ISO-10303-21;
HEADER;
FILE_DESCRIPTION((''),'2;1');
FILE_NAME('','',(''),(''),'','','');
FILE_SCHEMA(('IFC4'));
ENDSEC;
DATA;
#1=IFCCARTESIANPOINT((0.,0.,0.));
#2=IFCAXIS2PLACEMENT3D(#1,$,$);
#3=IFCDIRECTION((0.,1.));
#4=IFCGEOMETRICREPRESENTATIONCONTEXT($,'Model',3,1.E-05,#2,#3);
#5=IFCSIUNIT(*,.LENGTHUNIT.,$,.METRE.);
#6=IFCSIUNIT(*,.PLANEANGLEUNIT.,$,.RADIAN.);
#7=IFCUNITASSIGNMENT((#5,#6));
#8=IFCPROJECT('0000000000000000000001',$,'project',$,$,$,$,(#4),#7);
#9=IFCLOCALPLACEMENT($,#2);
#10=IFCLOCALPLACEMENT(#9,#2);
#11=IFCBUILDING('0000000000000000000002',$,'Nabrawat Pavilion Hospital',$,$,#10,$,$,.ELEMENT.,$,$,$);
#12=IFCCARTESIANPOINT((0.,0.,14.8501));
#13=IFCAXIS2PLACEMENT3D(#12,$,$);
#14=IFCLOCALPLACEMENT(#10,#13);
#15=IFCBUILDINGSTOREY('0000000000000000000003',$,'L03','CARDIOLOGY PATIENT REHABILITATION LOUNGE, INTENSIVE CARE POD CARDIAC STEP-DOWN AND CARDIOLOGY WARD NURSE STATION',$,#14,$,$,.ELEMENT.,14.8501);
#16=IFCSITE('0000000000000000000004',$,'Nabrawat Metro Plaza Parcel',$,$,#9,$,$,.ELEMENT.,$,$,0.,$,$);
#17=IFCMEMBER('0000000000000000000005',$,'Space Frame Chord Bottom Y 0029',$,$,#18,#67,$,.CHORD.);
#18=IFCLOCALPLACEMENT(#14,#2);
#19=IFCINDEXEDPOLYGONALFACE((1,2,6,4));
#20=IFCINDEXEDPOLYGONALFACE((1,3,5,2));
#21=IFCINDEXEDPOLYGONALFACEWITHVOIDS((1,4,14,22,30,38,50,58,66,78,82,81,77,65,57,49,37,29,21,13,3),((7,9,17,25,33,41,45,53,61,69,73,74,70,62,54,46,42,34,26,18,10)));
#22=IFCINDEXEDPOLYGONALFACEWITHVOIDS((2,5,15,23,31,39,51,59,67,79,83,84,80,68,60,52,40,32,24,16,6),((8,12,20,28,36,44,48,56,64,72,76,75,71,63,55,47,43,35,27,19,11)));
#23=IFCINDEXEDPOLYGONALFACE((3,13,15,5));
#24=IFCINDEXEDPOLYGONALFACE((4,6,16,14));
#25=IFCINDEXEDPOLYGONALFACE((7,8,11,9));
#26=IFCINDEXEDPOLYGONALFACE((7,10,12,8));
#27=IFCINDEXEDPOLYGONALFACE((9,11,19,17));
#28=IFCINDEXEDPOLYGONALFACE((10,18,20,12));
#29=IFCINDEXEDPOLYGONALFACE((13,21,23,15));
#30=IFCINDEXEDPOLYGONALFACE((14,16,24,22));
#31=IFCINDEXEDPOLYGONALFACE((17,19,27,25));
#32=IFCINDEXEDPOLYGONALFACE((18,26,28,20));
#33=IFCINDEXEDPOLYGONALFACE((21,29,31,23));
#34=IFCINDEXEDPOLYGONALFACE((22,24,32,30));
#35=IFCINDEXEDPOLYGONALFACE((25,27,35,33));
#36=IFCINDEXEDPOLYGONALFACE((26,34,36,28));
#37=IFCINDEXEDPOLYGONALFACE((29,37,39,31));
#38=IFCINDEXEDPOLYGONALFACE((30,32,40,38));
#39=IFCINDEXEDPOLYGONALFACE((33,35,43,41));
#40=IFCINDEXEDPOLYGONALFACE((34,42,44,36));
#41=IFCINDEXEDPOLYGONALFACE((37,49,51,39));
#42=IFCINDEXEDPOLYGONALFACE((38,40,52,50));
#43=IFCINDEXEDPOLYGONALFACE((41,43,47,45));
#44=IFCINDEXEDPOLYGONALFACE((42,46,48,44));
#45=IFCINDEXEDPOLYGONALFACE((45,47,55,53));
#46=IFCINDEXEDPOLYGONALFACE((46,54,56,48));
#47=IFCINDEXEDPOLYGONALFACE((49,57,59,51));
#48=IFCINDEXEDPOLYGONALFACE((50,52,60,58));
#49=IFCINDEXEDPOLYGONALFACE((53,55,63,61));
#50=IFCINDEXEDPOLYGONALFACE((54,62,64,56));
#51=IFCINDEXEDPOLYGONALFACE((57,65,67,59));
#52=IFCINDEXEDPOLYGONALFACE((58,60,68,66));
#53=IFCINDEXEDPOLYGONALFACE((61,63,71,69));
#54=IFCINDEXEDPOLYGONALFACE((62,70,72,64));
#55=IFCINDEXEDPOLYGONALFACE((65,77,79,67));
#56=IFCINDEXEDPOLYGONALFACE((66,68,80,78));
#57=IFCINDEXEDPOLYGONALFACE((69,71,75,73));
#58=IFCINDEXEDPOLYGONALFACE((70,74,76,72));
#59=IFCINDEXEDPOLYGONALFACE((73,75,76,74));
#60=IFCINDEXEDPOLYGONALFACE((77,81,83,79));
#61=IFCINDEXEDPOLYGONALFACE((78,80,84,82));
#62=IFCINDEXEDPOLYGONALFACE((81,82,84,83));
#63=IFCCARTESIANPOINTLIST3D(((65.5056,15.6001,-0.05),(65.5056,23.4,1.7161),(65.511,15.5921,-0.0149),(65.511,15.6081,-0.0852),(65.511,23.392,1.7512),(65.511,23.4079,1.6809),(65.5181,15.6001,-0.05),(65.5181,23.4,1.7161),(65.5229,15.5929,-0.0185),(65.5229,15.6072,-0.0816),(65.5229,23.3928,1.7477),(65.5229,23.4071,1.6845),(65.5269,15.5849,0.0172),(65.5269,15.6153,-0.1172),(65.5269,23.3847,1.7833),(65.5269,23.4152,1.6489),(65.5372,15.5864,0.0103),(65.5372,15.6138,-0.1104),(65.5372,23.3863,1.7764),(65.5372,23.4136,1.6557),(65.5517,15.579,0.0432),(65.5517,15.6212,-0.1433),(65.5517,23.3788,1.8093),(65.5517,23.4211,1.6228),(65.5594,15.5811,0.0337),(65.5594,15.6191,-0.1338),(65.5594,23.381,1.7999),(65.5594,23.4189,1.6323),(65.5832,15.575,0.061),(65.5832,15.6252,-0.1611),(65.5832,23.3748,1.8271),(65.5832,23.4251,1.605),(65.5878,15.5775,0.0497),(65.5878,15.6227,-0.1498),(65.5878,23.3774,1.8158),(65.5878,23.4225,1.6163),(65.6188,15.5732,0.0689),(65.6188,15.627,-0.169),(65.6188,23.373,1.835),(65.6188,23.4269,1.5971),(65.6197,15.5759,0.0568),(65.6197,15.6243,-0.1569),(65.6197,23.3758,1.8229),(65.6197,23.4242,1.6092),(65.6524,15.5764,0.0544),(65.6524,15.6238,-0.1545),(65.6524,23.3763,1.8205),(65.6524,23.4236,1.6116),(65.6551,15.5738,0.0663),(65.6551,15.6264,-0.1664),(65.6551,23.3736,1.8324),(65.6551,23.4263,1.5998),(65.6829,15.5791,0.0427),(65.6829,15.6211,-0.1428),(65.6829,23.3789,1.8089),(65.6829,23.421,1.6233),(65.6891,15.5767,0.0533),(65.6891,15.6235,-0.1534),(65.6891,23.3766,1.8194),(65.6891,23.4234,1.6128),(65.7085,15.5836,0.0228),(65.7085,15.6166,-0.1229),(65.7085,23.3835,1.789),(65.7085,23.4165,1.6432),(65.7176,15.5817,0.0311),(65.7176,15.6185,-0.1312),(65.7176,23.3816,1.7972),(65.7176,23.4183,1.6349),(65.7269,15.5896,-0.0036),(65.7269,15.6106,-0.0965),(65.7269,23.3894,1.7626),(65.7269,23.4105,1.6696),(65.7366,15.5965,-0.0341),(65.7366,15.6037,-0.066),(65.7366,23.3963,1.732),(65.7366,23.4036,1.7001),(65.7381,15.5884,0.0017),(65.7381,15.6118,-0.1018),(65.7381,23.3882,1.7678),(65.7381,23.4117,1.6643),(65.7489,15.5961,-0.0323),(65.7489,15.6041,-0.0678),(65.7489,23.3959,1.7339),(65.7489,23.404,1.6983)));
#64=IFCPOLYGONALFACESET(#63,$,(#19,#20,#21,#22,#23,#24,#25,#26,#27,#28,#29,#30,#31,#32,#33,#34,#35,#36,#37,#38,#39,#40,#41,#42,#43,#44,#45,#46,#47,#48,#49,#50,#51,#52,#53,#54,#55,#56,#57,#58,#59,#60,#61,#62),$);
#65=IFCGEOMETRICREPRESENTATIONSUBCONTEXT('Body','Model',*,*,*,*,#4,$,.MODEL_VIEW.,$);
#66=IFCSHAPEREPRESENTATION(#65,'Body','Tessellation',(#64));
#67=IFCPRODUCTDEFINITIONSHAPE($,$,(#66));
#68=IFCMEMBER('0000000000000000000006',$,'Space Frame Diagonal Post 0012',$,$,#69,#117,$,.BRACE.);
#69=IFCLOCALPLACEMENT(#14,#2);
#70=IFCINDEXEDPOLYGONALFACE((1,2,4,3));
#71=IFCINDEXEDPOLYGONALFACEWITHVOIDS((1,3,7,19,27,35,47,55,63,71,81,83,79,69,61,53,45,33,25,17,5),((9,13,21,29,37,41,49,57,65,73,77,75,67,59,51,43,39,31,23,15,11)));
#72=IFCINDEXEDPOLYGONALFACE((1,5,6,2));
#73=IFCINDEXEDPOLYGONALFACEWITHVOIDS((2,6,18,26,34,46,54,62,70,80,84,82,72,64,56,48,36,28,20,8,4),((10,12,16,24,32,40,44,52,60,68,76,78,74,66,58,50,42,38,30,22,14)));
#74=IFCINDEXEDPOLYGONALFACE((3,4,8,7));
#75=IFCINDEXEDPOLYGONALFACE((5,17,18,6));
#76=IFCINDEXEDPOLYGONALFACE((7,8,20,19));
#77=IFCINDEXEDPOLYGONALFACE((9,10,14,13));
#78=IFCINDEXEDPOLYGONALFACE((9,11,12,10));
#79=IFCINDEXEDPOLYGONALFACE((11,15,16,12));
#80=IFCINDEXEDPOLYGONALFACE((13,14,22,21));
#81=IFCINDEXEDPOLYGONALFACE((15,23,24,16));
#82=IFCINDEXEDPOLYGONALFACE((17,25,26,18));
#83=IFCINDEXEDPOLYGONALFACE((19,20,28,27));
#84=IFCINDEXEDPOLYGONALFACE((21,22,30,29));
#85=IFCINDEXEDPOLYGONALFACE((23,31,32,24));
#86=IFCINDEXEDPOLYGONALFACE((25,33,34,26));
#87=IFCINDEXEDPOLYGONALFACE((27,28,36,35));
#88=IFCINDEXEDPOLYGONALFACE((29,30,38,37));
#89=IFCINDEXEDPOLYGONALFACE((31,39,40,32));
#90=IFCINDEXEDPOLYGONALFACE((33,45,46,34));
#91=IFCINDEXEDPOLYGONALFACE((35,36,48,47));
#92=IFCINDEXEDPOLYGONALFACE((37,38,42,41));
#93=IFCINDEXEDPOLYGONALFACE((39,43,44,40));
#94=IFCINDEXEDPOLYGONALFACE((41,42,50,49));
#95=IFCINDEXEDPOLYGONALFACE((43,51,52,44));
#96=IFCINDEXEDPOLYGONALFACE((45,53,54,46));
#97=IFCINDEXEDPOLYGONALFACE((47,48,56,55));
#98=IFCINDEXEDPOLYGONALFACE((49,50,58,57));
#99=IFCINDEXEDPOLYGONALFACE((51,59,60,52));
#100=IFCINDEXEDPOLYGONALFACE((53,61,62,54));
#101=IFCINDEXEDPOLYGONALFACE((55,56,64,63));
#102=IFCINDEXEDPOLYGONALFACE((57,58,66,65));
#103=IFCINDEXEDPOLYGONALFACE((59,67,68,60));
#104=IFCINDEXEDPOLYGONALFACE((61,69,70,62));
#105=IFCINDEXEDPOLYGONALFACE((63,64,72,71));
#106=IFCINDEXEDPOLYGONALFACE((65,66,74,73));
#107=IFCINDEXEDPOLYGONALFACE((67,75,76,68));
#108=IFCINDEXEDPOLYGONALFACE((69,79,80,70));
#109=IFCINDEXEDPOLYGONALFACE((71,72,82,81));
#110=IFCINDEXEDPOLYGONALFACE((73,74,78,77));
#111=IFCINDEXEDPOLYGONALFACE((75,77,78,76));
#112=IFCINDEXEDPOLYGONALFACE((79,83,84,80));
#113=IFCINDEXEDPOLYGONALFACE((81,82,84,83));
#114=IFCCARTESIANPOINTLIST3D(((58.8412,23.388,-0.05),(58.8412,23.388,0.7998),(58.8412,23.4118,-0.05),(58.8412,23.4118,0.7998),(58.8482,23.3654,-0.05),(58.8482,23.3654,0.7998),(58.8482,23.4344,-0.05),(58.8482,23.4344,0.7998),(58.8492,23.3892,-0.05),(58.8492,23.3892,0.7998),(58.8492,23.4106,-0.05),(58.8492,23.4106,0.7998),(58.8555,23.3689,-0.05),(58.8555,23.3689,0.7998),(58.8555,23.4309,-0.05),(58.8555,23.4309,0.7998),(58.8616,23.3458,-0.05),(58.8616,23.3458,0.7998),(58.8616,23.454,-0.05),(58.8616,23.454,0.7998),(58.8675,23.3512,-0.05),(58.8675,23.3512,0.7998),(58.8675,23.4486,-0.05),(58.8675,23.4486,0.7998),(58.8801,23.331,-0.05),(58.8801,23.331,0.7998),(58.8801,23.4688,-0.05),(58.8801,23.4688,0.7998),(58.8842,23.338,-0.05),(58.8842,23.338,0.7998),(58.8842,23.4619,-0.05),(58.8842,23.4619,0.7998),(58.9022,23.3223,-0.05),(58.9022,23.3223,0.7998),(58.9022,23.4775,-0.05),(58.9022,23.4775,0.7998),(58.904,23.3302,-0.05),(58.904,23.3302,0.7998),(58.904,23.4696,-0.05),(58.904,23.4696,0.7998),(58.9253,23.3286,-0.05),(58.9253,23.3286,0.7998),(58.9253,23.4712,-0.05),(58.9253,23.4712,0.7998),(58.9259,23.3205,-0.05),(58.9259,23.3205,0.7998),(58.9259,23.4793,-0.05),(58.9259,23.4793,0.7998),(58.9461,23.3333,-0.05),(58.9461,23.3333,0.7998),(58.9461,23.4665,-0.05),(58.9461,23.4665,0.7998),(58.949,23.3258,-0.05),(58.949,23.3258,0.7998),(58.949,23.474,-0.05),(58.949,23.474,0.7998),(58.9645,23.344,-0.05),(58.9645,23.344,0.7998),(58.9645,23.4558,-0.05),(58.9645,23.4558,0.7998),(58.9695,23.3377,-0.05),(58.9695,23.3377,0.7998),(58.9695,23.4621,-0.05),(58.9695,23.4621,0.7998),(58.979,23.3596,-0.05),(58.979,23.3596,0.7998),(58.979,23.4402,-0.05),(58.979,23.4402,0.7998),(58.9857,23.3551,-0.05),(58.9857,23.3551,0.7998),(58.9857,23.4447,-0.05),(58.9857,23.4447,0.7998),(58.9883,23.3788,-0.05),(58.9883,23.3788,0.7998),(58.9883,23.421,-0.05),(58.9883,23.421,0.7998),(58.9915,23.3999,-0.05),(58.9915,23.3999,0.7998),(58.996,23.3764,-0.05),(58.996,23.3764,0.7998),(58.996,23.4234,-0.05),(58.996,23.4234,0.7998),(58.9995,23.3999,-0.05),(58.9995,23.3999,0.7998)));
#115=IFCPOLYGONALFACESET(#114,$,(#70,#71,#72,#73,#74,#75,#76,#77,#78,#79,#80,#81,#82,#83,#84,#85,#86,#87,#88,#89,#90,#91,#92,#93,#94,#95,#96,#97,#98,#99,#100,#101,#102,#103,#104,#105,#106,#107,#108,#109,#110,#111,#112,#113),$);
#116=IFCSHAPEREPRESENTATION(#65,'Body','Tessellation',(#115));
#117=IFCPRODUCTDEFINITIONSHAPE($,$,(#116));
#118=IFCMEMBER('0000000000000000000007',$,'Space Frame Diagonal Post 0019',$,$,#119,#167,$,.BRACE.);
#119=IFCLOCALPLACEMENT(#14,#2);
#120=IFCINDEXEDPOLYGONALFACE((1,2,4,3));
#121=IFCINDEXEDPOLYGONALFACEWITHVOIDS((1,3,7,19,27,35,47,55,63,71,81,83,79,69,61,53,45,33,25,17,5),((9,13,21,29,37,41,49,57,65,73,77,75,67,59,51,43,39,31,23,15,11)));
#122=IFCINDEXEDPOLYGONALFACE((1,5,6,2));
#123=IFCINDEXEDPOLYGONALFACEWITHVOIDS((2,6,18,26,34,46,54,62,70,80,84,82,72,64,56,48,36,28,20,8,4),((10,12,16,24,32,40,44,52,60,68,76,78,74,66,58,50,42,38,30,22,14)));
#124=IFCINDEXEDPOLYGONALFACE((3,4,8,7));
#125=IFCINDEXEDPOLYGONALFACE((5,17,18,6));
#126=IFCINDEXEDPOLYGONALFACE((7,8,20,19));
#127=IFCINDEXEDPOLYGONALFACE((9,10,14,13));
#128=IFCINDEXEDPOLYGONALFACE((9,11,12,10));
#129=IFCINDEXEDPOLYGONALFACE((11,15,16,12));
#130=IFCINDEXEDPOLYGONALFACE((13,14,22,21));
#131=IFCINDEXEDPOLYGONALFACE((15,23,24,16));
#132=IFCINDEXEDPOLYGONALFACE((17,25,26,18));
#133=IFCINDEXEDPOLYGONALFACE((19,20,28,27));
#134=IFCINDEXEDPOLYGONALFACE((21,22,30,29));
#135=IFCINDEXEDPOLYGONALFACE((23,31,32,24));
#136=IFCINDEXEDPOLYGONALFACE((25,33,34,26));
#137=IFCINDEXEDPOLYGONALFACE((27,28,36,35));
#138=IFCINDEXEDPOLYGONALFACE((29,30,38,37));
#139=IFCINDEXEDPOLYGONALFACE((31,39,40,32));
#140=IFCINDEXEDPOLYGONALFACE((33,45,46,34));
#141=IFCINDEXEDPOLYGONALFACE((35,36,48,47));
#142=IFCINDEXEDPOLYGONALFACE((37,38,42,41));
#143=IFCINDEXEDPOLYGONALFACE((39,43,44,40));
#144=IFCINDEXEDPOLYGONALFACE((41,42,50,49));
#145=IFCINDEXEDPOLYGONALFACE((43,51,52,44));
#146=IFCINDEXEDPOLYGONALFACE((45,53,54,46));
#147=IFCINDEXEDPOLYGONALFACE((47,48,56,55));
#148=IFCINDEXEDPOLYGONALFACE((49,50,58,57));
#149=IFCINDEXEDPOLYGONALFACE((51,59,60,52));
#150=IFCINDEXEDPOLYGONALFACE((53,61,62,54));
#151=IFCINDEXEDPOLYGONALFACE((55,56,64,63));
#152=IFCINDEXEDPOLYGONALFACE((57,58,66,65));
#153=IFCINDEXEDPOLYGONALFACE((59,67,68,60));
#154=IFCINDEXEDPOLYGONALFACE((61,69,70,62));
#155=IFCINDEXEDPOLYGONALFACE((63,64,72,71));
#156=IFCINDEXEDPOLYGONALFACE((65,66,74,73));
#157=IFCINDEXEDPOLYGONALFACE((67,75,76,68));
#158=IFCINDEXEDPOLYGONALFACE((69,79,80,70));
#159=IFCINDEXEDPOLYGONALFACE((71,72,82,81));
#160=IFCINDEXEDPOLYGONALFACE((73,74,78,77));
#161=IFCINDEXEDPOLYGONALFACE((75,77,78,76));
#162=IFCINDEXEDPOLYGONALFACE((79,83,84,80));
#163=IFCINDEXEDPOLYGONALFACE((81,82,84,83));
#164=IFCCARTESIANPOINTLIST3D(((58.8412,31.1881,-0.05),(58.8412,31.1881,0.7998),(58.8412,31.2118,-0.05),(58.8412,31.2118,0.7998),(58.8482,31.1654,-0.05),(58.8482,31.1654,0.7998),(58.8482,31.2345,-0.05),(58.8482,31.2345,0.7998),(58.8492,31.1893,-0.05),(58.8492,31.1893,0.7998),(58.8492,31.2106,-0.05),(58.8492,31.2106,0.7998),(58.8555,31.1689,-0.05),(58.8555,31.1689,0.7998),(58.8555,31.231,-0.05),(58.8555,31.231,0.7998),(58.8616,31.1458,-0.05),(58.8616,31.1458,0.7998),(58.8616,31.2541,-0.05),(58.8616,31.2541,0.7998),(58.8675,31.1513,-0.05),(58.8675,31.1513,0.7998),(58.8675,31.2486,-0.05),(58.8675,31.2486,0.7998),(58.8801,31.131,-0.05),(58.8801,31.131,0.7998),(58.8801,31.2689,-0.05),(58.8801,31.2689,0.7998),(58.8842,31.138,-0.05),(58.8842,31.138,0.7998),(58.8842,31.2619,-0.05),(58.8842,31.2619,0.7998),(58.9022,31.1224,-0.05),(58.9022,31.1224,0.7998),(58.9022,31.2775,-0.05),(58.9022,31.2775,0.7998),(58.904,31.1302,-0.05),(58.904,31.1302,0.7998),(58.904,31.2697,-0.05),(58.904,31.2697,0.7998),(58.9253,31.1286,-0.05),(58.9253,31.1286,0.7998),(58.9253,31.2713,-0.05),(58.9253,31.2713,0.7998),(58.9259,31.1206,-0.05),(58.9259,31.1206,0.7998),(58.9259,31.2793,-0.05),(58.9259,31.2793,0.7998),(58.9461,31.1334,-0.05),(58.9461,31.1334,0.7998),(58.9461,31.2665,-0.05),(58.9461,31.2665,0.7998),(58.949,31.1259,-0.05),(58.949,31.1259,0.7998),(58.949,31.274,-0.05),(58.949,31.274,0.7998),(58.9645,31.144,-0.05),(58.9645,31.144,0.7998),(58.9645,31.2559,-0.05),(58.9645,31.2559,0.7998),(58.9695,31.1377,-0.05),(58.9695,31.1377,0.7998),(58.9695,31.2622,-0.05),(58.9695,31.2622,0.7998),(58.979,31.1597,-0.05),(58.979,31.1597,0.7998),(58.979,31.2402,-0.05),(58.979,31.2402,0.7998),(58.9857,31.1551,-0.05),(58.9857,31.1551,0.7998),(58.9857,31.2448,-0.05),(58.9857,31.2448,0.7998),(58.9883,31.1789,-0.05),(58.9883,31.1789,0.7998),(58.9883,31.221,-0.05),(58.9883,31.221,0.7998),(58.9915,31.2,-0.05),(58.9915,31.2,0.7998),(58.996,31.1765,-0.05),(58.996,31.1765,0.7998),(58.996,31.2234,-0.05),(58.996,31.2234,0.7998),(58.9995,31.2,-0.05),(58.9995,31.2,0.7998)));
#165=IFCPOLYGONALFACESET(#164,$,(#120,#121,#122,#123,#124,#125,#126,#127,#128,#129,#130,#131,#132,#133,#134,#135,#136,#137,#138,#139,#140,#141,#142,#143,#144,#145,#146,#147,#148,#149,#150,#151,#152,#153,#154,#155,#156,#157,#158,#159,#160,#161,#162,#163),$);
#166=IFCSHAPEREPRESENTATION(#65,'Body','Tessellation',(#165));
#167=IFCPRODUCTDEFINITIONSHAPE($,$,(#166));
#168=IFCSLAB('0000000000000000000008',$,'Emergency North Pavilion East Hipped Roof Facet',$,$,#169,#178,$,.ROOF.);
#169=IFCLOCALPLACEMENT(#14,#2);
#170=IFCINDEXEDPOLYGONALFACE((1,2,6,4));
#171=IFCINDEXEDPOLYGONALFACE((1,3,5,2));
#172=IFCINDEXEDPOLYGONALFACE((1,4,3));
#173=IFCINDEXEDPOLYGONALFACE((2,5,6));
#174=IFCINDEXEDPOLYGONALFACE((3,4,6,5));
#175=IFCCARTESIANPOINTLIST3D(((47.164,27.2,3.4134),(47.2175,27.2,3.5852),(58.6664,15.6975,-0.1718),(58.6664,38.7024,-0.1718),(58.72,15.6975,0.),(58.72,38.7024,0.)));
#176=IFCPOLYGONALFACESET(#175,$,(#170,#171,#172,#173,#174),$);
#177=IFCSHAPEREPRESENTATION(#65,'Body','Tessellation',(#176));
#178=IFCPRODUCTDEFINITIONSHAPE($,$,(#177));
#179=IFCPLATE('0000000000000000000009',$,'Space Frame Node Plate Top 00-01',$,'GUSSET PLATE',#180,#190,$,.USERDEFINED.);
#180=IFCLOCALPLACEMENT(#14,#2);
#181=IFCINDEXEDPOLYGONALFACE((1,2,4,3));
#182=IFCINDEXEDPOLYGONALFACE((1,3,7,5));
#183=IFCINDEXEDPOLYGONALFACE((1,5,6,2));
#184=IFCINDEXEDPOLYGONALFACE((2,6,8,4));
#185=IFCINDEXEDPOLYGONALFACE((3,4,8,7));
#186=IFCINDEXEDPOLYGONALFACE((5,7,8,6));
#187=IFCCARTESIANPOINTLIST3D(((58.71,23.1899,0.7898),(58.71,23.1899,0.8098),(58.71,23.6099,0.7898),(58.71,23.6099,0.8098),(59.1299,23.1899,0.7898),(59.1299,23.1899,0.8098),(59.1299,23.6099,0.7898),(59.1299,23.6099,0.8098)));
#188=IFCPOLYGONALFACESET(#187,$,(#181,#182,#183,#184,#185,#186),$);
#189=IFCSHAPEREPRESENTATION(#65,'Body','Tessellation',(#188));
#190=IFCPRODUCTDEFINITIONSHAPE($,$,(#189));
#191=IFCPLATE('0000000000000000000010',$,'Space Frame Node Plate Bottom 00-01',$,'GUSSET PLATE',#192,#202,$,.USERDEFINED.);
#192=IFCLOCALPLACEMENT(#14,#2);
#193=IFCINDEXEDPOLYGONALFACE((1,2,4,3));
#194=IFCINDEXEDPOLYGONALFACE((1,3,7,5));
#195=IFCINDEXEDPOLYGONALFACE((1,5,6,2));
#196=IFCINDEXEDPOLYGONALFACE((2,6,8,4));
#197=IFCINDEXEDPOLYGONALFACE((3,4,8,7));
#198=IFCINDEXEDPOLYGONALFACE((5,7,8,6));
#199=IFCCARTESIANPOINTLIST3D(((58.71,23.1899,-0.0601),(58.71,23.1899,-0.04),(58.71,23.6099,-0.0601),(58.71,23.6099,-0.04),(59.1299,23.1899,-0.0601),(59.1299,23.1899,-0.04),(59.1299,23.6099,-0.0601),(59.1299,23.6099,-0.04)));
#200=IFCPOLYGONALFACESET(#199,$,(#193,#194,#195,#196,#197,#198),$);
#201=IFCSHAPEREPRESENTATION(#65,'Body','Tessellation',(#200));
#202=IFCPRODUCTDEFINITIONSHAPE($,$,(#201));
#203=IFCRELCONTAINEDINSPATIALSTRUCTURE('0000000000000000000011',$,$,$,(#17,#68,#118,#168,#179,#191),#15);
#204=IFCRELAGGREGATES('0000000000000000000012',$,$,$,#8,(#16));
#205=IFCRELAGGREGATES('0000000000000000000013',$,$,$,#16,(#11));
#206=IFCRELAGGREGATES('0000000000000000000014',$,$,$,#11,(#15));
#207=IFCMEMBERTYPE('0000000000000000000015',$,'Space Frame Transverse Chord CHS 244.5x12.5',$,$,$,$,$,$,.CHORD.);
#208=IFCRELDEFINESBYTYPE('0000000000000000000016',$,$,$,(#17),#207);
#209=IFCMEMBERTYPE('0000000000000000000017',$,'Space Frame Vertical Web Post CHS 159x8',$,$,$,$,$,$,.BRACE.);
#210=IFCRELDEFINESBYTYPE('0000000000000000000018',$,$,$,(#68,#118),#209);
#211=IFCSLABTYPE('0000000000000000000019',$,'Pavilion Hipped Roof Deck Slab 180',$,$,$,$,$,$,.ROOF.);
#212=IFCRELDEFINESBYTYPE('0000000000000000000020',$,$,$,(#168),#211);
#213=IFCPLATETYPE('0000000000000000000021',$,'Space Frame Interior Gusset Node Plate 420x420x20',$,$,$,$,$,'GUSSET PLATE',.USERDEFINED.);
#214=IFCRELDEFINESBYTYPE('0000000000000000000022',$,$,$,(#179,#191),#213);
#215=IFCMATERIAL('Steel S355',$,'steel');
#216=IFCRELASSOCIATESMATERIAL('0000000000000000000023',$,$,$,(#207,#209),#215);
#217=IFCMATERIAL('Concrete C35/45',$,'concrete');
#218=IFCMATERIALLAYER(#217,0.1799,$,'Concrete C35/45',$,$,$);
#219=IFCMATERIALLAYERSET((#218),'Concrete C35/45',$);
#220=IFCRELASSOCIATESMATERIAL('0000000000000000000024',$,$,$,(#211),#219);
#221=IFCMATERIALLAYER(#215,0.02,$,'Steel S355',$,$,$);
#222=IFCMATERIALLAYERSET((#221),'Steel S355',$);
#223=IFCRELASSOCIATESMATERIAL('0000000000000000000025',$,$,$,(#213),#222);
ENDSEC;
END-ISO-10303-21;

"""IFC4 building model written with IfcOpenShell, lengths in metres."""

from ifc_helpers import new_model, si_unit, direction, frame, origin, origin_2d, place, context, subcontext, project, spatial, polyline, rectangle, hollow_circle, outline, extrude, material, layer, layer_set, material_profile, profile_set, type_object, element, save


model = new_model("IFC4")

# Units and contexts
model_context = context("Model", 3, precision=1e-05, world=origin(), true_north=direction((0.0, 1.0)))
body_context = subcontext(model_context, "Body", "Model", "MODEL_VIEW")
ifc_project = project(units=[si_unit("LENGTHUNIT", "METRE"), si_unit("PLANEANGLEUNIT", "RADIAN")], contexts=[model_context])

# Site, building, storey
site_placement = place(None, origin())
site = spatial("IfcSite", under=ifc_project, at=site_placement, Name="Nabrawat Metro Plaza Parcel", CompositionType="ELEMENT", RefElevation=0.0)
building_placement = place(site_placement, origin())
building = spatial("IfcBuilding", under=site, at=building_placement, Name="Nabrawat Pavilion Hospital", CompositionType="ELEMENT")
storey_placement = place(building_placement, frame((0.0, 0.0, 14.8501)))
storey = spatial("IfcBuildingStorey", under=building, at=storey_placement, Name="L03", Description="CARDIOLOGY PATIENT REHABILITATION LOUNGE, INTENSIVE CARE POD CARDIAC STEP-DOWN AND CARDIOLOGY WARD NURSE STATION", CompositionType="ELEMENT", Elevation=14.8501)

# Shared definitions
ifc_material_1 = material(Name="Steel S355", Category="steel")

# Members
ifc_material_profile_1 = material_profile(ifc_material_1, hollow_circle(Radius=0.1223, WallThickness=0.0125, at=origin_2d()), Name="CHS 244.5x12.5")
ifc_profile_set_1 = profile_set([ifc_material_profile_1], Name="Steel S355")
member_type_1 = type_object("IfcMemberType", Name="Space Frame Transverse Chord CHS 244.5x12.5", PredefinedType="CHORD", material=ifc_profile_set_1)
member_1_placement = place(storey_placement, frame((65.6279, 15.6001, -0.05), z_axis=(0.0, 0.97531, 0.22084), x_axis=(-1.0, 0.0, 0.0)))
element("IfcMember", 1, at=member_1_placement, inside=storey, type_object=member_type_1, Name="Space Frame Chord Bottom Y 0029", PredefinedType="CHORD", context=body_context, shape_type="SweptSolid", body=[
    extrude(hollow_circle(Radius=0.1223, WallThickness=0.0125, at=origin_2d()), origin(), (0.0, 0.0, 1.0), 7.9973),
])
ifc_material_profile_2 = material_profile(ifc_material_1, hollow_circle(Radius=0.0796, WallThickness=0.0081, at=origin_2d()), Name="CHS 159x8")
ifc_profile_set_2 = profile_set([ifc_material_profile_2], Name="Steel S355")
member_type_2 = type_object("IfcMemberType", Name="Space Frame Vertical Web Post CHS 159x8", PredefinedType="BRACE", material=ifc_profile_set_2)
for number, where, z_axis, x_axis, name in (
    (2, (58.9199, 23.3999, -0.05), (0.0, 0.0, 1.0), (1.0, 0.0, 0.0), "Space Frame Diagonal Post 0012"),
    (3, (58.9199, 31.2, -0.05), (0.0, 0.0, 1.0), (1.0, 0.0, 0.0), "Space Frame Diagonal Post 0019"),
):
    element("IfcMember", number, at=place(storey_placement, frame(where, z_axis=z_axis, x_axis=x_axis)), inside=storey, type_object=member_type_2, Name=name, PredefinedType="BRACE", context=body_context, shape_type="SweptSolid", body=[
        extrude(hollow_circle(Radius=0.0796, WallThickness=0.0081, at=origin_2d()), origin(), (0.0, 0.0, 1.0), 0.8499),
    ])

# Slab
ifc_material_2 = material(Name="Concrete C35/45", Category="concrete")
ifc_layer_1 = layer(ifc_material_2, 0.1799, Name="Concrete C35/45")
ifc_layer_set_1 = layer_set([ifc_layer_1], Name="Concrete C35/45")
slab_type = type_object("IfcSlabType", Name="Pavilion Hipped Roof Deck Slab 180", PredefinedType="ROOF", material=ifc_layer_set_1)
slab_placement = place(storey_placement, frame((58.72, 15.6975, 0.0), z_axis=(0.297571, 0.0, 0.9547), x_axis=(0.0, 1.0, 0.0)))
element("IfcSlab", 4, at=slab_placement, inside=storey, type_object=slab_type, Name="Emergency North Pavilion East Hipped Roof Facet", PredefinedType="ROOF", context=body_context, shape_type="SweptSolid", body=[
    extrude(outline(polyline([(0.0, 0.0), (23.0049, 0.0), (11.5024, 12.0482), (0.0, 0.0)])), origin(), (0.0, 0.0, -1.0), 0.1799),
])

# Plates
ifc_layer_2 = layer(ifc_material_1, 0.02, Name="Steel S355")
ifc_layer_set_2 = layer_set([ifc_layer_2], Name="Steel S355")
plate_type = type_object("IfcPlateType", Name="Space Frame Interior Gusset Node Plate 420x420x20", ElementType="GUSSET PLATE", PredefinedType="USERDEFINED", material=ifc_layer_set_2)
for number, where, z_axis, x_axis, name in (
    (5, (58.9199, 23.3999, 0.7898), (0.0, 0.0, 1.0), (1.0, 0.0, 0.0), "Space Frame Node Plate Top 00-01"),
    (6, (58.9199, 23.3999, -0.0601), (0.0, 0.0, 1.0), (1.0, 0.0, 0.0), "Space Frame Node Plate Bottom 00-01"),
):
    element("IfcPlate", number, at=place(storey_placement, frame(where, z_axis=z_axis, x_axis=x_axis)), inside=storey, type_object=plate_type, Name=name, ObjectType="GUSSET PLATE", PredefinedType="USERDEFINED", context=body_context, shape_type="SweptSolid", body=[
        extrude(rectangle(XDim=0.4199, YDim=0.4199, at=origin_2d()), origin(), (0.0, 0.0, 1.0), 0.02),
    ])

save(model, "model.ifc")
